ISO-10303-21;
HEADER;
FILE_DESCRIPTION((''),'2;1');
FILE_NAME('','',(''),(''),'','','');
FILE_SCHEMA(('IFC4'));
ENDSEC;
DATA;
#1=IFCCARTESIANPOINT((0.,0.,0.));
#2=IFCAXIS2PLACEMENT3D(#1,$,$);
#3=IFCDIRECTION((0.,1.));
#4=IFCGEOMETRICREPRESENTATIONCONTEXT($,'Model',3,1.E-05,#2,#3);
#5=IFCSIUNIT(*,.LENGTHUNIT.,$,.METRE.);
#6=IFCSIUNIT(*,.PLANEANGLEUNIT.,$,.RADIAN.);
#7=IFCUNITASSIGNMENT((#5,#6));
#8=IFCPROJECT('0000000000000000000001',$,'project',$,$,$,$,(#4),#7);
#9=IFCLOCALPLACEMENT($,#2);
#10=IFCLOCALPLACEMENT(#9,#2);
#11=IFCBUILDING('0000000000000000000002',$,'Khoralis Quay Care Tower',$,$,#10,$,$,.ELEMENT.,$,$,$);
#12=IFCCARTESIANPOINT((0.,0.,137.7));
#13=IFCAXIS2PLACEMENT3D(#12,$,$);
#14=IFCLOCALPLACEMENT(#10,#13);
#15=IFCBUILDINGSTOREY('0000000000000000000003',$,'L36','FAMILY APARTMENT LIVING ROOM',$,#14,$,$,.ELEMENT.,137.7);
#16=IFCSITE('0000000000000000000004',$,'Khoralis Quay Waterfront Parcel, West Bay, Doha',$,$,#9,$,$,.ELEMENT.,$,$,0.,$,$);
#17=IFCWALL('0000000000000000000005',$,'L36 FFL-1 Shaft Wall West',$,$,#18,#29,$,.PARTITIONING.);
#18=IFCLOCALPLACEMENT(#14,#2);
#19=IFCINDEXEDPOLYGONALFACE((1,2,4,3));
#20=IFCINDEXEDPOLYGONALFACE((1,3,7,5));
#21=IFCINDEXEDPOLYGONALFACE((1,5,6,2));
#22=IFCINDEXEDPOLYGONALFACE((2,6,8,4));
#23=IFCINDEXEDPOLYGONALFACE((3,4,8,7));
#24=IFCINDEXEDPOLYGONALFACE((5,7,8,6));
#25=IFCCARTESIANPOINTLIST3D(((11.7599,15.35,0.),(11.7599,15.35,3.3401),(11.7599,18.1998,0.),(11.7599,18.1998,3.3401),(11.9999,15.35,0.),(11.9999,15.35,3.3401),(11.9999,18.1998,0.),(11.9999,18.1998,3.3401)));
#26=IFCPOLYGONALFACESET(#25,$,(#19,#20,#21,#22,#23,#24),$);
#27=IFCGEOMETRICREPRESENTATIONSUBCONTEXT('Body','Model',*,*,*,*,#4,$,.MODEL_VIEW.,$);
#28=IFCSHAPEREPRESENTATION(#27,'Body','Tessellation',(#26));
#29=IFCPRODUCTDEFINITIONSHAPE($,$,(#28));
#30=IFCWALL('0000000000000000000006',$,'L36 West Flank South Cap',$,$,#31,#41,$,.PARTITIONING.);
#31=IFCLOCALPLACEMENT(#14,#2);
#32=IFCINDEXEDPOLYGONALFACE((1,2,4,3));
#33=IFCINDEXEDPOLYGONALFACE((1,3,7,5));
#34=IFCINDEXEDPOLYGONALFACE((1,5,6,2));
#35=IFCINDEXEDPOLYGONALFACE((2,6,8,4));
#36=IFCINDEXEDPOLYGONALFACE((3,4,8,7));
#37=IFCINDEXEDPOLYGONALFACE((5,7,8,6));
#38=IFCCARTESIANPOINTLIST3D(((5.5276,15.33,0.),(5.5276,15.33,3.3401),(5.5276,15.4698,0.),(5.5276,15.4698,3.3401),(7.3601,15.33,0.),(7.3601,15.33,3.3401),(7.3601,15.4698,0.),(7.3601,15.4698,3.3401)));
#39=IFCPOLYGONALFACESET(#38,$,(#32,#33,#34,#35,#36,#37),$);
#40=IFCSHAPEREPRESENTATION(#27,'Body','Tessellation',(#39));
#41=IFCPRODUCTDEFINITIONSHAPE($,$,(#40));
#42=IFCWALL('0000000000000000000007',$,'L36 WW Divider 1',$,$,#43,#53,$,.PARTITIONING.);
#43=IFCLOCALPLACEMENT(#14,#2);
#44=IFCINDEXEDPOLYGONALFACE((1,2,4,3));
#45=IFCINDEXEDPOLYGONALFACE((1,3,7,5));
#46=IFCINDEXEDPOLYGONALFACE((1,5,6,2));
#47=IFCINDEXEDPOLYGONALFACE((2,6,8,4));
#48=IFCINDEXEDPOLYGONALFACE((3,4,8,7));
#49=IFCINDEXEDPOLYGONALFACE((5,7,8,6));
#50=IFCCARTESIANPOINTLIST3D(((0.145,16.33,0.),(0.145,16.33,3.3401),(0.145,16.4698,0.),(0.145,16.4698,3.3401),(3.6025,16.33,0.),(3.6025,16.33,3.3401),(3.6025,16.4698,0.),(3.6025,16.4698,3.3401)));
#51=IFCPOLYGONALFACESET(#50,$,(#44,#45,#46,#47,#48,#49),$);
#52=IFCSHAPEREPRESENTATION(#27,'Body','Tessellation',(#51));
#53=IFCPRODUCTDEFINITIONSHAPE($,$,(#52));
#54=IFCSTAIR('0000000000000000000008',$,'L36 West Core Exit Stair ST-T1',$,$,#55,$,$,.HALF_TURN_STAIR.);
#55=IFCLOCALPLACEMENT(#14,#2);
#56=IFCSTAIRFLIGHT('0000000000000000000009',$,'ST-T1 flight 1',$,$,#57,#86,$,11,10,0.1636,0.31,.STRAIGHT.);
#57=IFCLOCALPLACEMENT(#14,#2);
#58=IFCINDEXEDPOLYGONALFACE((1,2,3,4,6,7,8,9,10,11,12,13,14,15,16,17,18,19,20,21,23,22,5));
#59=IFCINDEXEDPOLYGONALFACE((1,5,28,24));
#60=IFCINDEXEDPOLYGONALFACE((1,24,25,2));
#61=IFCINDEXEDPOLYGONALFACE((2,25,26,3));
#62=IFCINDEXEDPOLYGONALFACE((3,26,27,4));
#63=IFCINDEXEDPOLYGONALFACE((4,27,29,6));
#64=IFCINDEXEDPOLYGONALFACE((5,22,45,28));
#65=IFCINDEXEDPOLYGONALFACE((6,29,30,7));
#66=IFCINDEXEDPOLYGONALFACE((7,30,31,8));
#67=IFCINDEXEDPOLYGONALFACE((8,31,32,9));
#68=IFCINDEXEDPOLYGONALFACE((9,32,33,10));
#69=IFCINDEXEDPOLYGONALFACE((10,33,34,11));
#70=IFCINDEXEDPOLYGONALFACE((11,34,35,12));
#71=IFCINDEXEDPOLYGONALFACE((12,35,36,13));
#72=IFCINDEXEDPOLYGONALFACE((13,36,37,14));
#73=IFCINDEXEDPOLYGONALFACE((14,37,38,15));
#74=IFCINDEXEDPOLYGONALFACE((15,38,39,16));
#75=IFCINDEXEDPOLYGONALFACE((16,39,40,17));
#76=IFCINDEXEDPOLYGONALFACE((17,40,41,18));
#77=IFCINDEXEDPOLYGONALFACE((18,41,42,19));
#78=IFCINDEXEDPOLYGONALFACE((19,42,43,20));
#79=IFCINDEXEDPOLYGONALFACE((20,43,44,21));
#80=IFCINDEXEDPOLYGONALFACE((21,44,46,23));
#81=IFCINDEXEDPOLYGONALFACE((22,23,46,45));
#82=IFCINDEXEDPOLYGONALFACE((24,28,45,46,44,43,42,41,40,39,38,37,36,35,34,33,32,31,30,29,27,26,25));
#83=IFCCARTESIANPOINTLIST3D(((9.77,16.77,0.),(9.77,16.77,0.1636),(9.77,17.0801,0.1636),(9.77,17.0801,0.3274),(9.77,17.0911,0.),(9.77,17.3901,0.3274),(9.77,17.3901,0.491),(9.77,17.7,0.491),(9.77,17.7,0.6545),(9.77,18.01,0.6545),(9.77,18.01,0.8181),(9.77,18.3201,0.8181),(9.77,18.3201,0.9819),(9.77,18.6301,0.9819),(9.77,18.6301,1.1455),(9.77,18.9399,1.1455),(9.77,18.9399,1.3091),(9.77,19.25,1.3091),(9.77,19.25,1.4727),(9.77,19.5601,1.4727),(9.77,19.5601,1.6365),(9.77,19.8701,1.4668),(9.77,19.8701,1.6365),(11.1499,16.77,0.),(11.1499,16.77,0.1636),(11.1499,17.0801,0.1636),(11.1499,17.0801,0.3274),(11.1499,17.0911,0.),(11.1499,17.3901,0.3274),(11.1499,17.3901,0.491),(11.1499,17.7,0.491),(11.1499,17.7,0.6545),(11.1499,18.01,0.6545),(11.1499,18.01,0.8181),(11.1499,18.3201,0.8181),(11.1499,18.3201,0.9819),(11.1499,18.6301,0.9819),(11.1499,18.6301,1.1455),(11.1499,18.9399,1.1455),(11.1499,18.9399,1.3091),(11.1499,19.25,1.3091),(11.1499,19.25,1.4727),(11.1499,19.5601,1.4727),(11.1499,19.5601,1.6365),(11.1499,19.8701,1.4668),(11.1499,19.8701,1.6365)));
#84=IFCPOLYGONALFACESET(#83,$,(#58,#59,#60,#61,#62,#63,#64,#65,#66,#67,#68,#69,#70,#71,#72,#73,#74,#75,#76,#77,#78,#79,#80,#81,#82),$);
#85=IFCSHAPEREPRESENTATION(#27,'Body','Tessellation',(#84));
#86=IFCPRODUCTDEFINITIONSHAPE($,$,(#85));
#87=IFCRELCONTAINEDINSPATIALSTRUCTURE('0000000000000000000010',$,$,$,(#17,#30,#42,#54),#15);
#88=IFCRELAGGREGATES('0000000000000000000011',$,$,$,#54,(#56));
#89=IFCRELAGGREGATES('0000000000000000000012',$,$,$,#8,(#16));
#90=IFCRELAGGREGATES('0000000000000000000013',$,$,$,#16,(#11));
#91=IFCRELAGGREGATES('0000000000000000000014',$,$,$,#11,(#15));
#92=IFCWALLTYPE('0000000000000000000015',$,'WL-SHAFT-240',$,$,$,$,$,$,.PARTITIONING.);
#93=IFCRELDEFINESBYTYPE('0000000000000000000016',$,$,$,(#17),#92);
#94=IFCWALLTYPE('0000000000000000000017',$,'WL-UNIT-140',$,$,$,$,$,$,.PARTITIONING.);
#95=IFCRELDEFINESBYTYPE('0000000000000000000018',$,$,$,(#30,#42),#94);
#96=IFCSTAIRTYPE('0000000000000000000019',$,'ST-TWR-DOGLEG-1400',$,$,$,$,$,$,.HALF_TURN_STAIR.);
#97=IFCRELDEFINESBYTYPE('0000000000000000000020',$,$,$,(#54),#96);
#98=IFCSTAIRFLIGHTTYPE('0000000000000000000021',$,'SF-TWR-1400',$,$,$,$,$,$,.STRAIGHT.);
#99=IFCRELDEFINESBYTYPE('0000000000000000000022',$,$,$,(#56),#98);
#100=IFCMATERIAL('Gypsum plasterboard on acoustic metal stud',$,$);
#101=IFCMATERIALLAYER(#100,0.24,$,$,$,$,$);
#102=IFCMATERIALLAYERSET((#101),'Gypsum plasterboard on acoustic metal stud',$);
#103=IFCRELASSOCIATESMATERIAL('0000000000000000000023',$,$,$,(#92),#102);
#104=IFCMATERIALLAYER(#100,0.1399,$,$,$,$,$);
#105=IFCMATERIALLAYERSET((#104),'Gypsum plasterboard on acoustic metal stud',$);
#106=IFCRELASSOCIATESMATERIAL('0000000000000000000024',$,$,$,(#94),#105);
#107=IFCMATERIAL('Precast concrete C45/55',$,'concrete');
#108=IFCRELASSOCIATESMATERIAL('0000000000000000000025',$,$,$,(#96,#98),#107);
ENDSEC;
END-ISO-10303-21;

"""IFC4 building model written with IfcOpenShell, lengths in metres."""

from ifc_helpers import new_model, si_unit, direction, frame, frame_2d, origin, place, context, subcontext, project, spatial, polyline, rectangle, outline, extrude, source, transform, mapped, material, layer, layer_set, type_object, element, aggregate, save


model = new_model("IFC4")

# Units and contexts
model_context = context("Model", 3, precision=1e-05, world=origin(), true_north=direction((0.0, 1.0)))
body_context = subcontext(model_context, "Body", "Model", "MODEL_VIEW")
ifc_project = project(units=[si_unit("LENGTHUNIT", "METRE"), si_unit("PLANEANGLEUNIT", "RADIAN")], contexts=[model_context])

# Site, building, storey
site_placement = place(None, origin())
site = spatial("IfcSite", under=ifc_project, at=site_placement, Name="Khoralis Quay Waterfront Parcel, West Bay, Doha", CompositionType="ELEMENT", RefElevation=0.0)
building_placement = place(site_placement, origin())
building = spatial("IfcBuilding", under=site, at=building_placement, Name="Khoralis Quay Care Tower", CompositionType="ELEMENT")
storey_placement = place(building_placement, frame((0.0, 0.0, 137.7)))
storey = spatial("IfcBuildingStorey", under=building, at=storey_placement, Name="L36", Description="FAMILY APARTMENT LIVING ROOM", CompositionType="ELEMENT", Elevation=137.7)

# Shared definitions
ifc_material_1 = material(Name="Gypsum plasterboard on acoustic metal stud")

# Shared definitions
ifc_material_2 = material(Name="Precast concrete C45/55", Category="concrete")

# Walls
ifc_layer_1 = layer(ifc_material_1, 0.24)
ifc_layer_set_1 = layer_set([ifc_layer_1], Name="Gypsum plasterboard on acoustic metal stud")
wall_type_1 = type_object("IfcWallType", Name="WL-SHAFT-240", PredefinedType="PARTITIONING", material=ifc_layer_set_1)
wall_1_placement = place(storey_placement, frame((11.8799, 15.3501, 0.0), z_axis=(0.0, 0.0, 1.0), x_axis=(0.0, 1.0, 0.0)))
element("IfcWall", 1, at=wall_1_placement, inside=storey, type_object=wall_type_1, Name="L36 FFL-1 Shaft Wall West", PredefinedType="PARTITIONING", context=body_context, shape_type="SweptSolid", body=[
    extrude(rectangle(XDim=2.8499, YDim=0.24, at=frame_2d((1.4248, 0.0))), origin(), (0.0, 0.0, 1.0), 3.3401),
])
ifc_layer_2 = layer(ifc_material_1, 0.1399)
ifc_layer_set_2 = layer_set([ifc_layer_2], Name="Gypsum plasterboard on acoustic metal stud")
wall_type_2 = type_object("IfcWallType", Name="WL-UNIT-140", PredefinedType="PARTITIONING", material=ifc_layer_set_2)
wall_2_placement = place(storey_placement, frame((5.5276, 15.3999, 0.0), z_axis=(0.0, 0.0, 1.0), x_axis=(1.0, 0.0, 0.0)))
element("IfcWall", 2, at=wall_2_placement, inside=storey, type_object=wall_type_2, Name="L36 West Flank South Cap", PredefinedType="PARTITIONING", context=body_context, shape_type="SweptSolid", body=[
    extrude(rectangle(XDim=1.8325, YDim=0.1399, at=frame_2d((0.9163, 0.0))), origin(), (0.0, 0.0, 1.0), 3.3401),
])
wall_3_placement = place(storey_placement, frame((0.145, 16.3999, 0.0), z_axis=(0.0, 0.0, 1.0), x_axis=(1.0, 0.0, 0.0)))
element("IfcWall", 3, at=wall_3_placement, inside=storey, type_object=wall_type_2, Name="L36 WW Divider 1", PredefinedType="PARTITIONING", context=body_context, shape_type="SweptSolid", body=[
    extrude(rectangle(XDim=3.4575, YDim=0.1399, at=frame_2d((1.7288, 0.0))), origin(), (0.0, 0.0, 1.0), 3.3401),
])

# Stair, stair flight
stair_type = type_object("IfcStairType", Name="ST-TWR-DOGLEG-1400", PredefinedType="HALF_TURN_STAIR", material=ifc_material_2)
stair_placement = place(storey_placement, origin())
stair = element("IfcStair", 4, at=stair_placement, inside=storey, type_object=stair_type, Name="L36 West Core Exit Stair ST-T1", PredefinedType="HALF_TURN_STAIR")
stair_flight_type = type_object("IfcStairFlightType", Name="SF-TWR-1400", PredefinedType="STRAIGHT", material=ifc_material_2)
shared_shape_1 = source(origin(), body_context, "Body", "SweptSolid", [
    extrude(outline(polyline([(0.0, 0.0), (0.0, 0.1636), (0.3101, 0.1636), (0.3101, 0.3274), (0.6201, 0.3274), (0.6201, 0.491), (0.9299, 0.491), (0.9299, 0.6545), (1.24, 0.6545), (1.24, 0.8181), (1.55, 0.8181), (1.55, 0.9819), (1.8601, 0.9819), (1.8601, 1.1455), (2.1699, 1.1455), (2.1699, 1.3091), (2.48, 1.3091), (2.48, 1.4727), (2.79, 1.4727), (2.79, 1.6365), (3.1001, 1.6365), (3.1001, 1.8), (3.1001, 1.4668), (0.321, 0.0), (0.0, 0.0)])), frame((0.0, 0.6899, 0.0), z_axis=(0.0, -1.0, 0.0), x_axis=(1.0, 0.0, 0.0)), (0.0, 0.0, 1.0), 1.3799),
])
stair_flight_placement = place(storey_placement, frame((10.46, 16.77, 0.0), z_axis=(0.0, 0.0, 1.0), x_axis=(0.0, 1.0, 0.0)))
stair_flight = element("IfcStairFlight", 5, at=stair_flight_placement, type_object=stair_flight_type, Name="ST-T1 flight 1", NumberOfRisers=11, NumberOfTreads=10, PredefinedType="STRAIGHT", RiserHeight=0.1636, TreadLength=0.31, context=body_context, shape_type="MappedRepresentation", body=[
    mapped(shared_shape_1, transform((0.0, 0.0, 0.0), scale=1.0)),
])
aggregate(stair, [stair_flight])

save(model, "model.ifc")
